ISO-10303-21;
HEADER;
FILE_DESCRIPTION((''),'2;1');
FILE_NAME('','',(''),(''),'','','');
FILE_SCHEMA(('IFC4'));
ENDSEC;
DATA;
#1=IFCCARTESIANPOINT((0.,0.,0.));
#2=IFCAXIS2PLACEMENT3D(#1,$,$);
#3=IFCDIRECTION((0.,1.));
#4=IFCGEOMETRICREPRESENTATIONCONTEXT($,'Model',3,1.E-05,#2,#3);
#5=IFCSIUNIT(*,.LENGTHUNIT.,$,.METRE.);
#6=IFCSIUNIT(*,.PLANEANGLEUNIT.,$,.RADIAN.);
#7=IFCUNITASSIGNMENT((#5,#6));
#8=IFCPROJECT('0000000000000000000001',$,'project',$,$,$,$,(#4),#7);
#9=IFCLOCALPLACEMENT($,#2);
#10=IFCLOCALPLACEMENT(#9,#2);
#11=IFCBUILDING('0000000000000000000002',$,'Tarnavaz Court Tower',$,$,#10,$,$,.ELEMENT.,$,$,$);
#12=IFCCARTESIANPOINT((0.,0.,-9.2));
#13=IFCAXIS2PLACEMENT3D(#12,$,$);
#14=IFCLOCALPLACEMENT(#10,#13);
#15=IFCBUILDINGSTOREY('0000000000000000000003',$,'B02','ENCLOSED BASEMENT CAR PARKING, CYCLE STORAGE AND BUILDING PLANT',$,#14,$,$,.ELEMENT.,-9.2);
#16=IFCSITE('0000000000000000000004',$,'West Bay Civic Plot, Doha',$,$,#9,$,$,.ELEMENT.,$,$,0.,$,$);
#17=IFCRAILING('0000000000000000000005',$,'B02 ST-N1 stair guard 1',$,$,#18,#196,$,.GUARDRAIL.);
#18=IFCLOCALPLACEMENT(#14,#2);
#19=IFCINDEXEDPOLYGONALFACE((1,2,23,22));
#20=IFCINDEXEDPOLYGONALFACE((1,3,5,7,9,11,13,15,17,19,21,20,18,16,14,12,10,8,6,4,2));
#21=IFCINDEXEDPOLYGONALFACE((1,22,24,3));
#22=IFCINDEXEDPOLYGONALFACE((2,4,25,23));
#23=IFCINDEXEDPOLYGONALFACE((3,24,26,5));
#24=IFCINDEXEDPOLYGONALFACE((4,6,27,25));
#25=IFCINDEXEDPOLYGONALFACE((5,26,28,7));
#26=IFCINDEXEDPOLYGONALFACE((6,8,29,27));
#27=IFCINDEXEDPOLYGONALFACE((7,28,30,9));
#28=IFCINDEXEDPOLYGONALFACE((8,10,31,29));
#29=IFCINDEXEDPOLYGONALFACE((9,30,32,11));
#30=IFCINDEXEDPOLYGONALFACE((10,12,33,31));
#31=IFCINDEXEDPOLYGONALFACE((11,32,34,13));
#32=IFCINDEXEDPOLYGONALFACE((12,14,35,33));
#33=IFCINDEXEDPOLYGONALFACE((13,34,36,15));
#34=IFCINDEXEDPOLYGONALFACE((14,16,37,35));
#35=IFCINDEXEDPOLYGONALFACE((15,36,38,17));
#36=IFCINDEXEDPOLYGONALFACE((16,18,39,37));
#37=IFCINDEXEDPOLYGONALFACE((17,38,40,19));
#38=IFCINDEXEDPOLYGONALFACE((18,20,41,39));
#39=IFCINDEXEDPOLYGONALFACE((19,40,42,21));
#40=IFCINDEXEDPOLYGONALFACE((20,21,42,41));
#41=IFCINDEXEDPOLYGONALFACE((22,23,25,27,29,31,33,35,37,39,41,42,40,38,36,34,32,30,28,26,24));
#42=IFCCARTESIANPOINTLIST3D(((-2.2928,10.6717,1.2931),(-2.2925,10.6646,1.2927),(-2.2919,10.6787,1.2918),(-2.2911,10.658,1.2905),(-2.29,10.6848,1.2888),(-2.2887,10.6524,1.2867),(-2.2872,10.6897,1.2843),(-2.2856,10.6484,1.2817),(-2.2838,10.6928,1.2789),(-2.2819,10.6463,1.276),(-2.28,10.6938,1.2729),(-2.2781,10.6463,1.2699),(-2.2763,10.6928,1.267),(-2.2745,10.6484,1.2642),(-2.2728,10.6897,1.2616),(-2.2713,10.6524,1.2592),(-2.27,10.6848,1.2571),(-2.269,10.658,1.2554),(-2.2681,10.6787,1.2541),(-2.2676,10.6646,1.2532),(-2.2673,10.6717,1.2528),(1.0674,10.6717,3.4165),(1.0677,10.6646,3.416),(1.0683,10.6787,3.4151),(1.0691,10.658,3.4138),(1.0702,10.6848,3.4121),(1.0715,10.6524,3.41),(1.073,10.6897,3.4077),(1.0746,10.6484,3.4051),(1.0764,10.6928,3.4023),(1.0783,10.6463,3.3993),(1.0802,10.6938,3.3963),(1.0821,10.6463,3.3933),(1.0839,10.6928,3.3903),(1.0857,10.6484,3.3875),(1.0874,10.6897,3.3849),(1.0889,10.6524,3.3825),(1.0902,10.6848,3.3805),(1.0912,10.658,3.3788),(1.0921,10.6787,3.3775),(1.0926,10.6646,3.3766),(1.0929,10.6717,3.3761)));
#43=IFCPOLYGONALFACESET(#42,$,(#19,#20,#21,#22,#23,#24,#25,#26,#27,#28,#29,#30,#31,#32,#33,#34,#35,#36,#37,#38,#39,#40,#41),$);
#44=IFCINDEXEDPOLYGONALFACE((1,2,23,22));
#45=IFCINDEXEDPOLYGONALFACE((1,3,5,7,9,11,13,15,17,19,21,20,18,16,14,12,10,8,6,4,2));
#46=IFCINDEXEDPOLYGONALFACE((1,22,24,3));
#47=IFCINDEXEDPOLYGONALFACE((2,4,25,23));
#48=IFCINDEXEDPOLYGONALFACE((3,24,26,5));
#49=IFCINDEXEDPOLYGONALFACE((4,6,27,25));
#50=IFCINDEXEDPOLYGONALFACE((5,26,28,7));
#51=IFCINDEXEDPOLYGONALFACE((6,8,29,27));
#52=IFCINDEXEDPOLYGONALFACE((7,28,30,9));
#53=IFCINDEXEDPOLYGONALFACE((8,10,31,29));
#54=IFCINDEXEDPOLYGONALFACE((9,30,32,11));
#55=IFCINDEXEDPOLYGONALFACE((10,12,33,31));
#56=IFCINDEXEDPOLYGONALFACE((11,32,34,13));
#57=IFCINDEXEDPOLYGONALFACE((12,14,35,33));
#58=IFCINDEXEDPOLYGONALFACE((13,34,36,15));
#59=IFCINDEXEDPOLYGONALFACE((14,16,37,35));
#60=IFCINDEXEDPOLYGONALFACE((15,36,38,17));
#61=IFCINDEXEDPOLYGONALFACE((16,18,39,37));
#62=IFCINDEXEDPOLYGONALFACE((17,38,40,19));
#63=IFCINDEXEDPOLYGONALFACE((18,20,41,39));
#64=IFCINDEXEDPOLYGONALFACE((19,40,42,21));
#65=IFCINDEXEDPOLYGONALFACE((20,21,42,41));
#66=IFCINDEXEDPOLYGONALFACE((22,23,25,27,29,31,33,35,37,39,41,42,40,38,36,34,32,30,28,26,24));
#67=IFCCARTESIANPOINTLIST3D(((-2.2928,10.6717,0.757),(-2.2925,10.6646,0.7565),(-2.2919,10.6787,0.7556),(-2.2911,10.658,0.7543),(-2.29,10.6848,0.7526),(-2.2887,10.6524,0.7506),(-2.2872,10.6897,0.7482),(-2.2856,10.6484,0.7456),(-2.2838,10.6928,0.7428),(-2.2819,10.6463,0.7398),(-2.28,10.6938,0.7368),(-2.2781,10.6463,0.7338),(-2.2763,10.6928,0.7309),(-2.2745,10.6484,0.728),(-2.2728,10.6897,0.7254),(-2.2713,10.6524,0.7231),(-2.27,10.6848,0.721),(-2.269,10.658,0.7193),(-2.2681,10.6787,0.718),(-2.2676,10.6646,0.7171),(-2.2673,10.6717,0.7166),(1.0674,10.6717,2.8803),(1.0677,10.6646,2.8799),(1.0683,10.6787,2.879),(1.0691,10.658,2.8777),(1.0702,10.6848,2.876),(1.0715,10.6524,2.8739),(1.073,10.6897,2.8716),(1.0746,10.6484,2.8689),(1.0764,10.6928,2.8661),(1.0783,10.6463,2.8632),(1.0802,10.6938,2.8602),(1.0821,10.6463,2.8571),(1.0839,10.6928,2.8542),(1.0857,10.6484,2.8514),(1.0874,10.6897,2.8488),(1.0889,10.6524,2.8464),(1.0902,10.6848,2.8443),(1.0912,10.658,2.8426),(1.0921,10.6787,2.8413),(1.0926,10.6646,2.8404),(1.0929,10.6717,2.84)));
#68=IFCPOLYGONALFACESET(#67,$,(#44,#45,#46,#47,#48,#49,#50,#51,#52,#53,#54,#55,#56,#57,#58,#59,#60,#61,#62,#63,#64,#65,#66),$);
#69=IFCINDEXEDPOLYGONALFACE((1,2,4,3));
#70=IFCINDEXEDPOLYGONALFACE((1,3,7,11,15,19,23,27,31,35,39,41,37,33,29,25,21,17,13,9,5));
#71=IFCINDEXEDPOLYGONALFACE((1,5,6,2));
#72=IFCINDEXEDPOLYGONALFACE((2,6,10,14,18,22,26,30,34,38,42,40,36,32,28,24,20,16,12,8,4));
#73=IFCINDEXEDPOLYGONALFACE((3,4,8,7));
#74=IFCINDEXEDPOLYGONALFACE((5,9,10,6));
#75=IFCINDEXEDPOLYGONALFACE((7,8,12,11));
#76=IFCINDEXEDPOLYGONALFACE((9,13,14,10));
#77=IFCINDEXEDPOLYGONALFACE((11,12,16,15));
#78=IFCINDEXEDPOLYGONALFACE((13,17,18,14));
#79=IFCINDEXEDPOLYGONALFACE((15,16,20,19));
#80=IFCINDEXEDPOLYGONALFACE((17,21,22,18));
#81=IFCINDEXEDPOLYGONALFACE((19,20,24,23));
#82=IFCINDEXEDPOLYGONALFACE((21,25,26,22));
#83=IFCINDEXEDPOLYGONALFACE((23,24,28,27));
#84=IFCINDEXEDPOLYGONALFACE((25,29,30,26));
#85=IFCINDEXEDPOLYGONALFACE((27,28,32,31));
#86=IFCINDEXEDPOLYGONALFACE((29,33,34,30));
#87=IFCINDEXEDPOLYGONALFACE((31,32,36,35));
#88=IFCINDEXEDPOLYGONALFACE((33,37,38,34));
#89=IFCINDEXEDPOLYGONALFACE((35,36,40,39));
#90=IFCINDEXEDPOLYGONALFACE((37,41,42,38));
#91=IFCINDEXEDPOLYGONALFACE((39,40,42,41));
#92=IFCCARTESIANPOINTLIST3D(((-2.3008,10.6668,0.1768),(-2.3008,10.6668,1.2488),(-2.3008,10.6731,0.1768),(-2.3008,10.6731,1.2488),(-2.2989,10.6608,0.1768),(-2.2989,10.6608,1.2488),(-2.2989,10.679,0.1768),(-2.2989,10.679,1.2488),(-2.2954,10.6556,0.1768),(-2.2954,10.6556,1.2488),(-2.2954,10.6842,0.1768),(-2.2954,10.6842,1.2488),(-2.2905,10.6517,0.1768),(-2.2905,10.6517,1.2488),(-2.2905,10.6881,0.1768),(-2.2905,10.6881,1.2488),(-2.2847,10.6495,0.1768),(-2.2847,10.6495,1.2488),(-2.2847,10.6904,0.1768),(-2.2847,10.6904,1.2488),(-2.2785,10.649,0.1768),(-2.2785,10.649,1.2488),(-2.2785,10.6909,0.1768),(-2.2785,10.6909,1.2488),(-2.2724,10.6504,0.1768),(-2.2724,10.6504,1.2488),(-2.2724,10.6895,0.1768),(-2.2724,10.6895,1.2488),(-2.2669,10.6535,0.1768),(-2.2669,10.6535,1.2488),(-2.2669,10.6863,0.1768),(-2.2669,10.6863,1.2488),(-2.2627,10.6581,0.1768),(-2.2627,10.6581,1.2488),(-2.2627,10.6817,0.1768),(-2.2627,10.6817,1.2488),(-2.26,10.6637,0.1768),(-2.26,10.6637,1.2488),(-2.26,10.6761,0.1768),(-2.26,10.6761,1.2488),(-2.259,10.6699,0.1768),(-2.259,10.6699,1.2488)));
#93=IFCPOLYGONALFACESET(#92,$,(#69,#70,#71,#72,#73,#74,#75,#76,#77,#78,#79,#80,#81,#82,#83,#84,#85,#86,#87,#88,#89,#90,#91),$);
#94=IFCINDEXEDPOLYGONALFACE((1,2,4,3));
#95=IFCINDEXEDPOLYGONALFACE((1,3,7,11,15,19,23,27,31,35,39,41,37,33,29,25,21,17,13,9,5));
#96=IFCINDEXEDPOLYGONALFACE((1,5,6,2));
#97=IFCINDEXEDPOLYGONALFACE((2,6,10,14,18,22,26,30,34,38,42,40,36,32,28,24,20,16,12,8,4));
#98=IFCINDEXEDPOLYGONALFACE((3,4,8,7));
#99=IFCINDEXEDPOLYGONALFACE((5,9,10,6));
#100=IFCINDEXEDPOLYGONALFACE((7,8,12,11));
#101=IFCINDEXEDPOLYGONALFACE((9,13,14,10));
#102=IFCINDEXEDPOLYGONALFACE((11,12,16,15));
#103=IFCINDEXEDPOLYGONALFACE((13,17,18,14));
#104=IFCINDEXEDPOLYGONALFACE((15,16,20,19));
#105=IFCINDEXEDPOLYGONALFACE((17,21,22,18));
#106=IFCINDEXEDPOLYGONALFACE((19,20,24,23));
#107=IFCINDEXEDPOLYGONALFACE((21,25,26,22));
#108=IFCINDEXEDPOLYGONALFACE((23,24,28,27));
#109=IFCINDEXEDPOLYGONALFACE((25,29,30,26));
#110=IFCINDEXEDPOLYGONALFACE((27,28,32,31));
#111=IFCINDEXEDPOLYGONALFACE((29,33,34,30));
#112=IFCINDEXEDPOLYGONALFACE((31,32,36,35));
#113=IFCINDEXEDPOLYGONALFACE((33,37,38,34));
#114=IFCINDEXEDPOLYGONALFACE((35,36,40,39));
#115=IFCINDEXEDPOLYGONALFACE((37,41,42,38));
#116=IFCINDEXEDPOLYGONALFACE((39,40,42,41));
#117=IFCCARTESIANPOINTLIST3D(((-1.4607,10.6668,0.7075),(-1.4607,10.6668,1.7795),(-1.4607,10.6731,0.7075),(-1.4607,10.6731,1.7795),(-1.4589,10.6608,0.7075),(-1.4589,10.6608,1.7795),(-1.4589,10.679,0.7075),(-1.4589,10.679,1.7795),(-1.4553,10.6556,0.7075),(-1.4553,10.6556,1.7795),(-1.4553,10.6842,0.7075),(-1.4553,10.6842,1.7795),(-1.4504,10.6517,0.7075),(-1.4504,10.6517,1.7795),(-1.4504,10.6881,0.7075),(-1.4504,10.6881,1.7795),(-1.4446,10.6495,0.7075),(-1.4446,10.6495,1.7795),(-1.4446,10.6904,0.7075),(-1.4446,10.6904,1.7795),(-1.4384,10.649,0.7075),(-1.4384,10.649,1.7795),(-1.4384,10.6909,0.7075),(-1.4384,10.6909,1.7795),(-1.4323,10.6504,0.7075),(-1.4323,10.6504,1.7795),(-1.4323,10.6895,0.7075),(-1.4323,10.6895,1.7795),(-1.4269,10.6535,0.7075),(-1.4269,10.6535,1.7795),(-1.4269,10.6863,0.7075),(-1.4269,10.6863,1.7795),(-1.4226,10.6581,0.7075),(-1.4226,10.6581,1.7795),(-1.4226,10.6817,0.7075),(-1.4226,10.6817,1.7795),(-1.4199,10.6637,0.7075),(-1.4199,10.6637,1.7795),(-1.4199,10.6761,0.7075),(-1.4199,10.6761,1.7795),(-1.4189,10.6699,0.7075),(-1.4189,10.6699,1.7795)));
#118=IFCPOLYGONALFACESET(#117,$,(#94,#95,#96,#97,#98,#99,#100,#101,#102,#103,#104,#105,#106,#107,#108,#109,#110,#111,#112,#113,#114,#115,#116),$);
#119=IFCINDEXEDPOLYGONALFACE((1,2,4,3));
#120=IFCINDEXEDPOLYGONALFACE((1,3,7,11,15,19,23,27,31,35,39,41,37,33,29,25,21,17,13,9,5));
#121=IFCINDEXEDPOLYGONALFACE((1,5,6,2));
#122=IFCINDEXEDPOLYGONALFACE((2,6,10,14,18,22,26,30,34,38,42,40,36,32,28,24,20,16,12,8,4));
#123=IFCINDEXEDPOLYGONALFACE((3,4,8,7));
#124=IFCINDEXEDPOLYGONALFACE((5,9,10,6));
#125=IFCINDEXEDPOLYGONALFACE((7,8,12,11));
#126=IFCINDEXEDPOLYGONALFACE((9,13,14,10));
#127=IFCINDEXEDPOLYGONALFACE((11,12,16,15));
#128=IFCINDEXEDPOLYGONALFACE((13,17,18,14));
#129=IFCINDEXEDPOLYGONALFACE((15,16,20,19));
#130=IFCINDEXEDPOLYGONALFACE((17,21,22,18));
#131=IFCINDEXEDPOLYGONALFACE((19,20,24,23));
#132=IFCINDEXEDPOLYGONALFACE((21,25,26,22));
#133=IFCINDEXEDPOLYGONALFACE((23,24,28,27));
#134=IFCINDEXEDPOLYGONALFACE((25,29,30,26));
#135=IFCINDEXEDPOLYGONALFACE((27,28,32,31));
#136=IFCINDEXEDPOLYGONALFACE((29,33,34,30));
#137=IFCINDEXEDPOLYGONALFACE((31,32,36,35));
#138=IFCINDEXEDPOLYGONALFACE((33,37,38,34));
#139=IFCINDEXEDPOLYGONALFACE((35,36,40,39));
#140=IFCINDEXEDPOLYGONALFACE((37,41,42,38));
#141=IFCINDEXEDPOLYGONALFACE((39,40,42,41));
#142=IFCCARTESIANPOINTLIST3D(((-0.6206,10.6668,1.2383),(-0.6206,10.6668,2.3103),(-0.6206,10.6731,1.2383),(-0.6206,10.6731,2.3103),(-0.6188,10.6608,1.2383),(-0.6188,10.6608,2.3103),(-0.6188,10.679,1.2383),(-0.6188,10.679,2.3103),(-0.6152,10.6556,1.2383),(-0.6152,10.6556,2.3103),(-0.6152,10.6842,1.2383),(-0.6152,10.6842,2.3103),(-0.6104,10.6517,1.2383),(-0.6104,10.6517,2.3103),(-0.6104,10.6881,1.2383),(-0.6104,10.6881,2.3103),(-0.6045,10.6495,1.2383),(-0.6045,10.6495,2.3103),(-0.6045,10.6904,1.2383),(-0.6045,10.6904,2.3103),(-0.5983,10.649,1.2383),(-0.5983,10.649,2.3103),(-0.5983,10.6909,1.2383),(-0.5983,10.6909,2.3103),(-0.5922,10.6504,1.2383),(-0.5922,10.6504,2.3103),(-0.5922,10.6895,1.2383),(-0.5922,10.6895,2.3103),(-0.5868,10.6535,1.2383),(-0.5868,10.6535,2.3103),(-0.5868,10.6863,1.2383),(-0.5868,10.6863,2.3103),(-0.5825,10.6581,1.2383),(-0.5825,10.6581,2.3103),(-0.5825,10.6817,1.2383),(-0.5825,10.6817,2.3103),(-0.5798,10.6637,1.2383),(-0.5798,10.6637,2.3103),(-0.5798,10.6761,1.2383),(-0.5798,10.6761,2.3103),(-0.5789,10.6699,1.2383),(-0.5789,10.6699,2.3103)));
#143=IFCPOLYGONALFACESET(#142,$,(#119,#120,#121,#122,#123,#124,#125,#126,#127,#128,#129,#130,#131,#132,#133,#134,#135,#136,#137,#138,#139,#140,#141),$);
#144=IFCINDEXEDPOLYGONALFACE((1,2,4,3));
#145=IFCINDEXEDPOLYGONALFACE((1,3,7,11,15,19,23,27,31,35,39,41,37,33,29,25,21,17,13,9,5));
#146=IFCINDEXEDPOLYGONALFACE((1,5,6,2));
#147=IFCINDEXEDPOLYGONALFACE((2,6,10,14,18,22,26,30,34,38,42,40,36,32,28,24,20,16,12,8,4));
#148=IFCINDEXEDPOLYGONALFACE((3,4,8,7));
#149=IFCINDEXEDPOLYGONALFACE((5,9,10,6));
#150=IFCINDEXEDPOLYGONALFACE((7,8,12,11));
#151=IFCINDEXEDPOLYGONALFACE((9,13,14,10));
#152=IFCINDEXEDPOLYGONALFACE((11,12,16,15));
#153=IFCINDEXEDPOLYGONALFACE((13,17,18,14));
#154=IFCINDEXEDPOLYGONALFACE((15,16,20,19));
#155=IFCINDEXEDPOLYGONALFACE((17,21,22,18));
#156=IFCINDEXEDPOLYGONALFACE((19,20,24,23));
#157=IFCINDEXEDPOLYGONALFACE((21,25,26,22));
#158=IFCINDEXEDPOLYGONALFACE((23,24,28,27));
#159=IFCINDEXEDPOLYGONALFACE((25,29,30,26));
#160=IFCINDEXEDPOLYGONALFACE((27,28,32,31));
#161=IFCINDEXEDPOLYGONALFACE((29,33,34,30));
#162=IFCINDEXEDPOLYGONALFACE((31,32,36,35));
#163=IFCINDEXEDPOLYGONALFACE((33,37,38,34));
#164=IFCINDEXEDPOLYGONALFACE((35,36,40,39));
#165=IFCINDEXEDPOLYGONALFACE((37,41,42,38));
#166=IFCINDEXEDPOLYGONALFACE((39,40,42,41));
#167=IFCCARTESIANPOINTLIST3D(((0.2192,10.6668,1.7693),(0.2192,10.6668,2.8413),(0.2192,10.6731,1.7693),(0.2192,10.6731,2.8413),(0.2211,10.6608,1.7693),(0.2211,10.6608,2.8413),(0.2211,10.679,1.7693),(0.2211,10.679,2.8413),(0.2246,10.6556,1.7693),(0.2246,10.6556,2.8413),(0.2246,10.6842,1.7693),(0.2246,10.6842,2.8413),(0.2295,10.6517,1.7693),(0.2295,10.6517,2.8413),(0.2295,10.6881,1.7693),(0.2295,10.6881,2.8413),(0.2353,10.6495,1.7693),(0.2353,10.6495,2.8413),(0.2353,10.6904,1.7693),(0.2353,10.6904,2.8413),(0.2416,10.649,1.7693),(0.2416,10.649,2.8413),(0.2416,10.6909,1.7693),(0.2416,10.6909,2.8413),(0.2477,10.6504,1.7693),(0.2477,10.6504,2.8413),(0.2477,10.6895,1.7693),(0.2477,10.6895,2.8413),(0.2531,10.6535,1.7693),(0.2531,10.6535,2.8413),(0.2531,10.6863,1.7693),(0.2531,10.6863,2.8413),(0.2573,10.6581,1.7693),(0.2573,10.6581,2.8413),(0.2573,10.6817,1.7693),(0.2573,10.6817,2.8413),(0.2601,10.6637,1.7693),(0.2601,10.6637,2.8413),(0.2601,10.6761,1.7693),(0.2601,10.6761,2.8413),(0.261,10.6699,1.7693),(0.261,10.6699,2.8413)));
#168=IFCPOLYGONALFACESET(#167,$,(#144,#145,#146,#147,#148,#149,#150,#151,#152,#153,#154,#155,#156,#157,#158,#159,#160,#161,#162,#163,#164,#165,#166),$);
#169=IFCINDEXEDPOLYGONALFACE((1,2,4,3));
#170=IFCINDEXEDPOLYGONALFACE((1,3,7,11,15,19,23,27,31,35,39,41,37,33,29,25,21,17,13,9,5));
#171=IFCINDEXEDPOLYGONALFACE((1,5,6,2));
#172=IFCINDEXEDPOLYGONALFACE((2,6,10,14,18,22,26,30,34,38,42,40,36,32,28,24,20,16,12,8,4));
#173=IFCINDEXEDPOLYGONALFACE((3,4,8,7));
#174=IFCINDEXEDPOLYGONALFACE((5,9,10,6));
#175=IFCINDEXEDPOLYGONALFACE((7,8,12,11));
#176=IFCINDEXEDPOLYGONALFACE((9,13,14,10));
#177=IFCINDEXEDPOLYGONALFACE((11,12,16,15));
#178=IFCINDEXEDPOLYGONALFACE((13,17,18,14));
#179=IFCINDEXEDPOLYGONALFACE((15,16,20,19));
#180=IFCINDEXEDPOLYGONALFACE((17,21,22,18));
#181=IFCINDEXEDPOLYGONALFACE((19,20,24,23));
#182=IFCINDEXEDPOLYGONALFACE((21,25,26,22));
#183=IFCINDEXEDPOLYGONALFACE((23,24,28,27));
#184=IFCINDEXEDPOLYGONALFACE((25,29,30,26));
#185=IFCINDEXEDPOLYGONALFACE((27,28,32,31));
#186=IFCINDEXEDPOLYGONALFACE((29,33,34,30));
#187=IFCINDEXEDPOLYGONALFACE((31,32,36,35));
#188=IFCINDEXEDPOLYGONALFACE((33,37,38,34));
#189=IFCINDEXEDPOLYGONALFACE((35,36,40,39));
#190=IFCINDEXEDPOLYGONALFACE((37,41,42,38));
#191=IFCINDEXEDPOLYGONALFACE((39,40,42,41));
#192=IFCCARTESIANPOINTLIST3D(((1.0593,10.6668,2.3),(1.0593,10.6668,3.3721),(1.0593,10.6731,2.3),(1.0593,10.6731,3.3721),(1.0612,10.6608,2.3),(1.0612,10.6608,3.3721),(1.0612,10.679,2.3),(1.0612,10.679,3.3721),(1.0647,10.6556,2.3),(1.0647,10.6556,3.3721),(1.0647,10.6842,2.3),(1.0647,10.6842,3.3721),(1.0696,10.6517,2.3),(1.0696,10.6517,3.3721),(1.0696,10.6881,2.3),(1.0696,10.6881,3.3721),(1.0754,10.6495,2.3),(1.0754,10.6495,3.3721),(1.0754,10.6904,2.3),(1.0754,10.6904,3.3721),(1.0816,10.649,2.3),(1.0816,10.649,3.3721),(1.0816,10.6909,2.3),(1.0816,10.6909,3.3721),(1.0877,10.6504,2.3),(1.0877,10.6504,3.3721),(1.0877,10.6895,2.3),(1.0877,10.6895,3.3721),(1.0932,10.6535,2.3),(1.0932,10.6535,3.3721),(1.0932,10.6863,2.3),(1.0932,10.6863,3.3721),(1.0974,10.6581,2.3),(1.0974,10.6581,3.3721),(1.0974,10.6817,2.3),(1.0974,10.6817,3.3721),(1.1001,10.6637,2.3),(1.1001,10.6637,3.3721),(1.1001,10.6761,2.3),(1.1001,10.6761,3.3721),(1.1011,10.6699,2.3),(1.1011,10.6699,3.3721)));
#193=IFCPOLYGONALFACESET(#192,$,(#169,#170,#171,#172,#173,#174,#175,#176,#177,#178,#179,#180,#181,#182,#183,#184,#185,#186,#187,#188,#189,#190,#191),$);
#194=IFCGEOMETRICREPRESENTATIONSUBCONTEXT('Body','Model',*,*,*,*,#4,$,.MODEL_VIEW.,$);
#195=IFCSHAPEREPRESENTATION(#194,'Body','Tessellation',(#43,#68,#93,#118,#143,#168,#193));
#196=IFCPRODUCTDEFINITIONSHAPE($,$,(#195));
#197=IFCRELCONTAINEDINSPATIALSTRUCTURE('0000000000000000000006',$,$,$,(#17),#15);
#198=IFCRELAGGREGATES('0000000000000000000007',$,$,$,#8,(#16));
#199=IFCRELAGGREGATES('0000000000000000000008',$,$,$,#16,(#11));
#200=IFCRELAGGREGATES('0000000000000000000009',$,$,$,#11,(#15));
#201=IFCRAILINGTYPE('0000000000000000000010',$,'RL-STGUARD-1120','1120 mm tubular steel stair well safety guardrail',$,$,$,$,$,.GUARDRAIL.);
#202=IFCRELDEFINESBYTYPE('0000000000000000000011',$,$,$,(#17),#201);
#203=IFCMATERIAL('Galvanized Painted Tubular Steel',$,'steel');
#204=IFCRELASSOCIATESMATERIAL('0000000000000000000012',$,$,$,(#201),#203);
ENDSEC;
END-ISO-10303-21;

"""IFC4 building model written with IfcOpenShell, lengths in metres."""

from ifc_helpers import new_model, si_unit, direction, frame, origin, origin_2d, place, context, subcontext, project, spatial, circle, extrude, material, type_object, element, save


model = new_model("IFC4")

# Units and contexts
model_context = context("Model", 3, precision=1e-05, world=origin(), true_north=direction((0.0, 1.0)))
body_context = subcontext(model_context, "Body", "Model", "MODEL_VIEW")
ifc_project = project(units=[si_unit("LENGTHUNIT", "METRE"), si_unit("PLANEANGLEUNIT", "RADIAN")], contexts=[model_context])

# Site, building, storey
site_placement = place(None, origin())
site = spatial("IfcSite", under=ifc_project, at=site_placement, Name="West Bay Civic Plot, Doha", CompositionType="ELEMENT", RefElevation=0.0)
building_placement = place(site_placement, origin())
building = spatial("IfcBuilding", under=site, at=building_placement, Name="Tarnavaz Court Tower", CompositionType="ELEMENT")
storey_placement = place(building_placement, frame((0.0, 0.0, -9.2)))
storey = spatial("IfcBuildingStorey", under=building, at=storey_placement, Name="B02", Description="ENCLOSED BASEMENT CAR PARKING, CYCLE STORAGE AND BUILDING PLANT", CompositionType="ELEMENT", Elevation=-9.2)

# Railing
ifc_material_1 = material(Name="Galvanized Painted Tubular Steel", Category="steel")
railing_type_1 = type_object("IfcRailingType", Name="RL-STGUARD-1120", Description="1120 mm tubular steel stair well safety guardrail", PredefinedType="GUARDRAIL", material=ifc_material_1)
railing_1_placement = place(storey_placement, frame((-2.28, 10.6699, 0.1768)))
element("IfcRailing", 1, at=railing_1_placement, inside=storey, type_object=railing_type_1, Name="B02 ST-N1 stair guard 1", PredefinedType="GUARDRAIL", context=body_context, shape_type="SweptSolid", body=[
    extrude(circle(Radius=0.0239, at=origin_2d()), frame((0.0, 0.0, 1.0962), z_axis=(0.845362, 0.0, 0.534194), x_axis=(0.0, 1.0, 0.0)), (0.0, 0.0, 1.0), 3.9749),
    extrude(circle(Radius=0.0239, at=origin_2d()), frame((0.0, 0.0, 0.5601), z_axis=(0.845362, 0.0, 0.534194), x_axis=(0.0, 1.0, 0.0)), (0.0, 0.0, 1.0), 3.9749),
    extrude(circle(Radius=0.021, at=origin_2d()), origin(), (0.0, 0.0, 1.0), 1.072),
    extrude(circle(Radius=0.021, at=origin_2d()), frame((0.8401, 0.0, 0.5308)), (0.0, 0.0, 1.0), 1.072),
    extrude(circle(Radius=0.021, at=origin_2d()), frame((1.6802, 0.0, 1.0615)), (0.0, 0.0, 1.0), 1.072),
    extrude(circle(Radius=0.021, at=origin_2d()), frame((2.52, 0.0, 1.5925)), (0.0, 0.0, 1.0), 1.072),
    extrude(circle(Radius=0.021, at=origin_2d()), frame((3.3601, 0.0, 2.1233)), (0.0, 0.0, 1.0), 1.072),
])

save(model, "model.ifc")
